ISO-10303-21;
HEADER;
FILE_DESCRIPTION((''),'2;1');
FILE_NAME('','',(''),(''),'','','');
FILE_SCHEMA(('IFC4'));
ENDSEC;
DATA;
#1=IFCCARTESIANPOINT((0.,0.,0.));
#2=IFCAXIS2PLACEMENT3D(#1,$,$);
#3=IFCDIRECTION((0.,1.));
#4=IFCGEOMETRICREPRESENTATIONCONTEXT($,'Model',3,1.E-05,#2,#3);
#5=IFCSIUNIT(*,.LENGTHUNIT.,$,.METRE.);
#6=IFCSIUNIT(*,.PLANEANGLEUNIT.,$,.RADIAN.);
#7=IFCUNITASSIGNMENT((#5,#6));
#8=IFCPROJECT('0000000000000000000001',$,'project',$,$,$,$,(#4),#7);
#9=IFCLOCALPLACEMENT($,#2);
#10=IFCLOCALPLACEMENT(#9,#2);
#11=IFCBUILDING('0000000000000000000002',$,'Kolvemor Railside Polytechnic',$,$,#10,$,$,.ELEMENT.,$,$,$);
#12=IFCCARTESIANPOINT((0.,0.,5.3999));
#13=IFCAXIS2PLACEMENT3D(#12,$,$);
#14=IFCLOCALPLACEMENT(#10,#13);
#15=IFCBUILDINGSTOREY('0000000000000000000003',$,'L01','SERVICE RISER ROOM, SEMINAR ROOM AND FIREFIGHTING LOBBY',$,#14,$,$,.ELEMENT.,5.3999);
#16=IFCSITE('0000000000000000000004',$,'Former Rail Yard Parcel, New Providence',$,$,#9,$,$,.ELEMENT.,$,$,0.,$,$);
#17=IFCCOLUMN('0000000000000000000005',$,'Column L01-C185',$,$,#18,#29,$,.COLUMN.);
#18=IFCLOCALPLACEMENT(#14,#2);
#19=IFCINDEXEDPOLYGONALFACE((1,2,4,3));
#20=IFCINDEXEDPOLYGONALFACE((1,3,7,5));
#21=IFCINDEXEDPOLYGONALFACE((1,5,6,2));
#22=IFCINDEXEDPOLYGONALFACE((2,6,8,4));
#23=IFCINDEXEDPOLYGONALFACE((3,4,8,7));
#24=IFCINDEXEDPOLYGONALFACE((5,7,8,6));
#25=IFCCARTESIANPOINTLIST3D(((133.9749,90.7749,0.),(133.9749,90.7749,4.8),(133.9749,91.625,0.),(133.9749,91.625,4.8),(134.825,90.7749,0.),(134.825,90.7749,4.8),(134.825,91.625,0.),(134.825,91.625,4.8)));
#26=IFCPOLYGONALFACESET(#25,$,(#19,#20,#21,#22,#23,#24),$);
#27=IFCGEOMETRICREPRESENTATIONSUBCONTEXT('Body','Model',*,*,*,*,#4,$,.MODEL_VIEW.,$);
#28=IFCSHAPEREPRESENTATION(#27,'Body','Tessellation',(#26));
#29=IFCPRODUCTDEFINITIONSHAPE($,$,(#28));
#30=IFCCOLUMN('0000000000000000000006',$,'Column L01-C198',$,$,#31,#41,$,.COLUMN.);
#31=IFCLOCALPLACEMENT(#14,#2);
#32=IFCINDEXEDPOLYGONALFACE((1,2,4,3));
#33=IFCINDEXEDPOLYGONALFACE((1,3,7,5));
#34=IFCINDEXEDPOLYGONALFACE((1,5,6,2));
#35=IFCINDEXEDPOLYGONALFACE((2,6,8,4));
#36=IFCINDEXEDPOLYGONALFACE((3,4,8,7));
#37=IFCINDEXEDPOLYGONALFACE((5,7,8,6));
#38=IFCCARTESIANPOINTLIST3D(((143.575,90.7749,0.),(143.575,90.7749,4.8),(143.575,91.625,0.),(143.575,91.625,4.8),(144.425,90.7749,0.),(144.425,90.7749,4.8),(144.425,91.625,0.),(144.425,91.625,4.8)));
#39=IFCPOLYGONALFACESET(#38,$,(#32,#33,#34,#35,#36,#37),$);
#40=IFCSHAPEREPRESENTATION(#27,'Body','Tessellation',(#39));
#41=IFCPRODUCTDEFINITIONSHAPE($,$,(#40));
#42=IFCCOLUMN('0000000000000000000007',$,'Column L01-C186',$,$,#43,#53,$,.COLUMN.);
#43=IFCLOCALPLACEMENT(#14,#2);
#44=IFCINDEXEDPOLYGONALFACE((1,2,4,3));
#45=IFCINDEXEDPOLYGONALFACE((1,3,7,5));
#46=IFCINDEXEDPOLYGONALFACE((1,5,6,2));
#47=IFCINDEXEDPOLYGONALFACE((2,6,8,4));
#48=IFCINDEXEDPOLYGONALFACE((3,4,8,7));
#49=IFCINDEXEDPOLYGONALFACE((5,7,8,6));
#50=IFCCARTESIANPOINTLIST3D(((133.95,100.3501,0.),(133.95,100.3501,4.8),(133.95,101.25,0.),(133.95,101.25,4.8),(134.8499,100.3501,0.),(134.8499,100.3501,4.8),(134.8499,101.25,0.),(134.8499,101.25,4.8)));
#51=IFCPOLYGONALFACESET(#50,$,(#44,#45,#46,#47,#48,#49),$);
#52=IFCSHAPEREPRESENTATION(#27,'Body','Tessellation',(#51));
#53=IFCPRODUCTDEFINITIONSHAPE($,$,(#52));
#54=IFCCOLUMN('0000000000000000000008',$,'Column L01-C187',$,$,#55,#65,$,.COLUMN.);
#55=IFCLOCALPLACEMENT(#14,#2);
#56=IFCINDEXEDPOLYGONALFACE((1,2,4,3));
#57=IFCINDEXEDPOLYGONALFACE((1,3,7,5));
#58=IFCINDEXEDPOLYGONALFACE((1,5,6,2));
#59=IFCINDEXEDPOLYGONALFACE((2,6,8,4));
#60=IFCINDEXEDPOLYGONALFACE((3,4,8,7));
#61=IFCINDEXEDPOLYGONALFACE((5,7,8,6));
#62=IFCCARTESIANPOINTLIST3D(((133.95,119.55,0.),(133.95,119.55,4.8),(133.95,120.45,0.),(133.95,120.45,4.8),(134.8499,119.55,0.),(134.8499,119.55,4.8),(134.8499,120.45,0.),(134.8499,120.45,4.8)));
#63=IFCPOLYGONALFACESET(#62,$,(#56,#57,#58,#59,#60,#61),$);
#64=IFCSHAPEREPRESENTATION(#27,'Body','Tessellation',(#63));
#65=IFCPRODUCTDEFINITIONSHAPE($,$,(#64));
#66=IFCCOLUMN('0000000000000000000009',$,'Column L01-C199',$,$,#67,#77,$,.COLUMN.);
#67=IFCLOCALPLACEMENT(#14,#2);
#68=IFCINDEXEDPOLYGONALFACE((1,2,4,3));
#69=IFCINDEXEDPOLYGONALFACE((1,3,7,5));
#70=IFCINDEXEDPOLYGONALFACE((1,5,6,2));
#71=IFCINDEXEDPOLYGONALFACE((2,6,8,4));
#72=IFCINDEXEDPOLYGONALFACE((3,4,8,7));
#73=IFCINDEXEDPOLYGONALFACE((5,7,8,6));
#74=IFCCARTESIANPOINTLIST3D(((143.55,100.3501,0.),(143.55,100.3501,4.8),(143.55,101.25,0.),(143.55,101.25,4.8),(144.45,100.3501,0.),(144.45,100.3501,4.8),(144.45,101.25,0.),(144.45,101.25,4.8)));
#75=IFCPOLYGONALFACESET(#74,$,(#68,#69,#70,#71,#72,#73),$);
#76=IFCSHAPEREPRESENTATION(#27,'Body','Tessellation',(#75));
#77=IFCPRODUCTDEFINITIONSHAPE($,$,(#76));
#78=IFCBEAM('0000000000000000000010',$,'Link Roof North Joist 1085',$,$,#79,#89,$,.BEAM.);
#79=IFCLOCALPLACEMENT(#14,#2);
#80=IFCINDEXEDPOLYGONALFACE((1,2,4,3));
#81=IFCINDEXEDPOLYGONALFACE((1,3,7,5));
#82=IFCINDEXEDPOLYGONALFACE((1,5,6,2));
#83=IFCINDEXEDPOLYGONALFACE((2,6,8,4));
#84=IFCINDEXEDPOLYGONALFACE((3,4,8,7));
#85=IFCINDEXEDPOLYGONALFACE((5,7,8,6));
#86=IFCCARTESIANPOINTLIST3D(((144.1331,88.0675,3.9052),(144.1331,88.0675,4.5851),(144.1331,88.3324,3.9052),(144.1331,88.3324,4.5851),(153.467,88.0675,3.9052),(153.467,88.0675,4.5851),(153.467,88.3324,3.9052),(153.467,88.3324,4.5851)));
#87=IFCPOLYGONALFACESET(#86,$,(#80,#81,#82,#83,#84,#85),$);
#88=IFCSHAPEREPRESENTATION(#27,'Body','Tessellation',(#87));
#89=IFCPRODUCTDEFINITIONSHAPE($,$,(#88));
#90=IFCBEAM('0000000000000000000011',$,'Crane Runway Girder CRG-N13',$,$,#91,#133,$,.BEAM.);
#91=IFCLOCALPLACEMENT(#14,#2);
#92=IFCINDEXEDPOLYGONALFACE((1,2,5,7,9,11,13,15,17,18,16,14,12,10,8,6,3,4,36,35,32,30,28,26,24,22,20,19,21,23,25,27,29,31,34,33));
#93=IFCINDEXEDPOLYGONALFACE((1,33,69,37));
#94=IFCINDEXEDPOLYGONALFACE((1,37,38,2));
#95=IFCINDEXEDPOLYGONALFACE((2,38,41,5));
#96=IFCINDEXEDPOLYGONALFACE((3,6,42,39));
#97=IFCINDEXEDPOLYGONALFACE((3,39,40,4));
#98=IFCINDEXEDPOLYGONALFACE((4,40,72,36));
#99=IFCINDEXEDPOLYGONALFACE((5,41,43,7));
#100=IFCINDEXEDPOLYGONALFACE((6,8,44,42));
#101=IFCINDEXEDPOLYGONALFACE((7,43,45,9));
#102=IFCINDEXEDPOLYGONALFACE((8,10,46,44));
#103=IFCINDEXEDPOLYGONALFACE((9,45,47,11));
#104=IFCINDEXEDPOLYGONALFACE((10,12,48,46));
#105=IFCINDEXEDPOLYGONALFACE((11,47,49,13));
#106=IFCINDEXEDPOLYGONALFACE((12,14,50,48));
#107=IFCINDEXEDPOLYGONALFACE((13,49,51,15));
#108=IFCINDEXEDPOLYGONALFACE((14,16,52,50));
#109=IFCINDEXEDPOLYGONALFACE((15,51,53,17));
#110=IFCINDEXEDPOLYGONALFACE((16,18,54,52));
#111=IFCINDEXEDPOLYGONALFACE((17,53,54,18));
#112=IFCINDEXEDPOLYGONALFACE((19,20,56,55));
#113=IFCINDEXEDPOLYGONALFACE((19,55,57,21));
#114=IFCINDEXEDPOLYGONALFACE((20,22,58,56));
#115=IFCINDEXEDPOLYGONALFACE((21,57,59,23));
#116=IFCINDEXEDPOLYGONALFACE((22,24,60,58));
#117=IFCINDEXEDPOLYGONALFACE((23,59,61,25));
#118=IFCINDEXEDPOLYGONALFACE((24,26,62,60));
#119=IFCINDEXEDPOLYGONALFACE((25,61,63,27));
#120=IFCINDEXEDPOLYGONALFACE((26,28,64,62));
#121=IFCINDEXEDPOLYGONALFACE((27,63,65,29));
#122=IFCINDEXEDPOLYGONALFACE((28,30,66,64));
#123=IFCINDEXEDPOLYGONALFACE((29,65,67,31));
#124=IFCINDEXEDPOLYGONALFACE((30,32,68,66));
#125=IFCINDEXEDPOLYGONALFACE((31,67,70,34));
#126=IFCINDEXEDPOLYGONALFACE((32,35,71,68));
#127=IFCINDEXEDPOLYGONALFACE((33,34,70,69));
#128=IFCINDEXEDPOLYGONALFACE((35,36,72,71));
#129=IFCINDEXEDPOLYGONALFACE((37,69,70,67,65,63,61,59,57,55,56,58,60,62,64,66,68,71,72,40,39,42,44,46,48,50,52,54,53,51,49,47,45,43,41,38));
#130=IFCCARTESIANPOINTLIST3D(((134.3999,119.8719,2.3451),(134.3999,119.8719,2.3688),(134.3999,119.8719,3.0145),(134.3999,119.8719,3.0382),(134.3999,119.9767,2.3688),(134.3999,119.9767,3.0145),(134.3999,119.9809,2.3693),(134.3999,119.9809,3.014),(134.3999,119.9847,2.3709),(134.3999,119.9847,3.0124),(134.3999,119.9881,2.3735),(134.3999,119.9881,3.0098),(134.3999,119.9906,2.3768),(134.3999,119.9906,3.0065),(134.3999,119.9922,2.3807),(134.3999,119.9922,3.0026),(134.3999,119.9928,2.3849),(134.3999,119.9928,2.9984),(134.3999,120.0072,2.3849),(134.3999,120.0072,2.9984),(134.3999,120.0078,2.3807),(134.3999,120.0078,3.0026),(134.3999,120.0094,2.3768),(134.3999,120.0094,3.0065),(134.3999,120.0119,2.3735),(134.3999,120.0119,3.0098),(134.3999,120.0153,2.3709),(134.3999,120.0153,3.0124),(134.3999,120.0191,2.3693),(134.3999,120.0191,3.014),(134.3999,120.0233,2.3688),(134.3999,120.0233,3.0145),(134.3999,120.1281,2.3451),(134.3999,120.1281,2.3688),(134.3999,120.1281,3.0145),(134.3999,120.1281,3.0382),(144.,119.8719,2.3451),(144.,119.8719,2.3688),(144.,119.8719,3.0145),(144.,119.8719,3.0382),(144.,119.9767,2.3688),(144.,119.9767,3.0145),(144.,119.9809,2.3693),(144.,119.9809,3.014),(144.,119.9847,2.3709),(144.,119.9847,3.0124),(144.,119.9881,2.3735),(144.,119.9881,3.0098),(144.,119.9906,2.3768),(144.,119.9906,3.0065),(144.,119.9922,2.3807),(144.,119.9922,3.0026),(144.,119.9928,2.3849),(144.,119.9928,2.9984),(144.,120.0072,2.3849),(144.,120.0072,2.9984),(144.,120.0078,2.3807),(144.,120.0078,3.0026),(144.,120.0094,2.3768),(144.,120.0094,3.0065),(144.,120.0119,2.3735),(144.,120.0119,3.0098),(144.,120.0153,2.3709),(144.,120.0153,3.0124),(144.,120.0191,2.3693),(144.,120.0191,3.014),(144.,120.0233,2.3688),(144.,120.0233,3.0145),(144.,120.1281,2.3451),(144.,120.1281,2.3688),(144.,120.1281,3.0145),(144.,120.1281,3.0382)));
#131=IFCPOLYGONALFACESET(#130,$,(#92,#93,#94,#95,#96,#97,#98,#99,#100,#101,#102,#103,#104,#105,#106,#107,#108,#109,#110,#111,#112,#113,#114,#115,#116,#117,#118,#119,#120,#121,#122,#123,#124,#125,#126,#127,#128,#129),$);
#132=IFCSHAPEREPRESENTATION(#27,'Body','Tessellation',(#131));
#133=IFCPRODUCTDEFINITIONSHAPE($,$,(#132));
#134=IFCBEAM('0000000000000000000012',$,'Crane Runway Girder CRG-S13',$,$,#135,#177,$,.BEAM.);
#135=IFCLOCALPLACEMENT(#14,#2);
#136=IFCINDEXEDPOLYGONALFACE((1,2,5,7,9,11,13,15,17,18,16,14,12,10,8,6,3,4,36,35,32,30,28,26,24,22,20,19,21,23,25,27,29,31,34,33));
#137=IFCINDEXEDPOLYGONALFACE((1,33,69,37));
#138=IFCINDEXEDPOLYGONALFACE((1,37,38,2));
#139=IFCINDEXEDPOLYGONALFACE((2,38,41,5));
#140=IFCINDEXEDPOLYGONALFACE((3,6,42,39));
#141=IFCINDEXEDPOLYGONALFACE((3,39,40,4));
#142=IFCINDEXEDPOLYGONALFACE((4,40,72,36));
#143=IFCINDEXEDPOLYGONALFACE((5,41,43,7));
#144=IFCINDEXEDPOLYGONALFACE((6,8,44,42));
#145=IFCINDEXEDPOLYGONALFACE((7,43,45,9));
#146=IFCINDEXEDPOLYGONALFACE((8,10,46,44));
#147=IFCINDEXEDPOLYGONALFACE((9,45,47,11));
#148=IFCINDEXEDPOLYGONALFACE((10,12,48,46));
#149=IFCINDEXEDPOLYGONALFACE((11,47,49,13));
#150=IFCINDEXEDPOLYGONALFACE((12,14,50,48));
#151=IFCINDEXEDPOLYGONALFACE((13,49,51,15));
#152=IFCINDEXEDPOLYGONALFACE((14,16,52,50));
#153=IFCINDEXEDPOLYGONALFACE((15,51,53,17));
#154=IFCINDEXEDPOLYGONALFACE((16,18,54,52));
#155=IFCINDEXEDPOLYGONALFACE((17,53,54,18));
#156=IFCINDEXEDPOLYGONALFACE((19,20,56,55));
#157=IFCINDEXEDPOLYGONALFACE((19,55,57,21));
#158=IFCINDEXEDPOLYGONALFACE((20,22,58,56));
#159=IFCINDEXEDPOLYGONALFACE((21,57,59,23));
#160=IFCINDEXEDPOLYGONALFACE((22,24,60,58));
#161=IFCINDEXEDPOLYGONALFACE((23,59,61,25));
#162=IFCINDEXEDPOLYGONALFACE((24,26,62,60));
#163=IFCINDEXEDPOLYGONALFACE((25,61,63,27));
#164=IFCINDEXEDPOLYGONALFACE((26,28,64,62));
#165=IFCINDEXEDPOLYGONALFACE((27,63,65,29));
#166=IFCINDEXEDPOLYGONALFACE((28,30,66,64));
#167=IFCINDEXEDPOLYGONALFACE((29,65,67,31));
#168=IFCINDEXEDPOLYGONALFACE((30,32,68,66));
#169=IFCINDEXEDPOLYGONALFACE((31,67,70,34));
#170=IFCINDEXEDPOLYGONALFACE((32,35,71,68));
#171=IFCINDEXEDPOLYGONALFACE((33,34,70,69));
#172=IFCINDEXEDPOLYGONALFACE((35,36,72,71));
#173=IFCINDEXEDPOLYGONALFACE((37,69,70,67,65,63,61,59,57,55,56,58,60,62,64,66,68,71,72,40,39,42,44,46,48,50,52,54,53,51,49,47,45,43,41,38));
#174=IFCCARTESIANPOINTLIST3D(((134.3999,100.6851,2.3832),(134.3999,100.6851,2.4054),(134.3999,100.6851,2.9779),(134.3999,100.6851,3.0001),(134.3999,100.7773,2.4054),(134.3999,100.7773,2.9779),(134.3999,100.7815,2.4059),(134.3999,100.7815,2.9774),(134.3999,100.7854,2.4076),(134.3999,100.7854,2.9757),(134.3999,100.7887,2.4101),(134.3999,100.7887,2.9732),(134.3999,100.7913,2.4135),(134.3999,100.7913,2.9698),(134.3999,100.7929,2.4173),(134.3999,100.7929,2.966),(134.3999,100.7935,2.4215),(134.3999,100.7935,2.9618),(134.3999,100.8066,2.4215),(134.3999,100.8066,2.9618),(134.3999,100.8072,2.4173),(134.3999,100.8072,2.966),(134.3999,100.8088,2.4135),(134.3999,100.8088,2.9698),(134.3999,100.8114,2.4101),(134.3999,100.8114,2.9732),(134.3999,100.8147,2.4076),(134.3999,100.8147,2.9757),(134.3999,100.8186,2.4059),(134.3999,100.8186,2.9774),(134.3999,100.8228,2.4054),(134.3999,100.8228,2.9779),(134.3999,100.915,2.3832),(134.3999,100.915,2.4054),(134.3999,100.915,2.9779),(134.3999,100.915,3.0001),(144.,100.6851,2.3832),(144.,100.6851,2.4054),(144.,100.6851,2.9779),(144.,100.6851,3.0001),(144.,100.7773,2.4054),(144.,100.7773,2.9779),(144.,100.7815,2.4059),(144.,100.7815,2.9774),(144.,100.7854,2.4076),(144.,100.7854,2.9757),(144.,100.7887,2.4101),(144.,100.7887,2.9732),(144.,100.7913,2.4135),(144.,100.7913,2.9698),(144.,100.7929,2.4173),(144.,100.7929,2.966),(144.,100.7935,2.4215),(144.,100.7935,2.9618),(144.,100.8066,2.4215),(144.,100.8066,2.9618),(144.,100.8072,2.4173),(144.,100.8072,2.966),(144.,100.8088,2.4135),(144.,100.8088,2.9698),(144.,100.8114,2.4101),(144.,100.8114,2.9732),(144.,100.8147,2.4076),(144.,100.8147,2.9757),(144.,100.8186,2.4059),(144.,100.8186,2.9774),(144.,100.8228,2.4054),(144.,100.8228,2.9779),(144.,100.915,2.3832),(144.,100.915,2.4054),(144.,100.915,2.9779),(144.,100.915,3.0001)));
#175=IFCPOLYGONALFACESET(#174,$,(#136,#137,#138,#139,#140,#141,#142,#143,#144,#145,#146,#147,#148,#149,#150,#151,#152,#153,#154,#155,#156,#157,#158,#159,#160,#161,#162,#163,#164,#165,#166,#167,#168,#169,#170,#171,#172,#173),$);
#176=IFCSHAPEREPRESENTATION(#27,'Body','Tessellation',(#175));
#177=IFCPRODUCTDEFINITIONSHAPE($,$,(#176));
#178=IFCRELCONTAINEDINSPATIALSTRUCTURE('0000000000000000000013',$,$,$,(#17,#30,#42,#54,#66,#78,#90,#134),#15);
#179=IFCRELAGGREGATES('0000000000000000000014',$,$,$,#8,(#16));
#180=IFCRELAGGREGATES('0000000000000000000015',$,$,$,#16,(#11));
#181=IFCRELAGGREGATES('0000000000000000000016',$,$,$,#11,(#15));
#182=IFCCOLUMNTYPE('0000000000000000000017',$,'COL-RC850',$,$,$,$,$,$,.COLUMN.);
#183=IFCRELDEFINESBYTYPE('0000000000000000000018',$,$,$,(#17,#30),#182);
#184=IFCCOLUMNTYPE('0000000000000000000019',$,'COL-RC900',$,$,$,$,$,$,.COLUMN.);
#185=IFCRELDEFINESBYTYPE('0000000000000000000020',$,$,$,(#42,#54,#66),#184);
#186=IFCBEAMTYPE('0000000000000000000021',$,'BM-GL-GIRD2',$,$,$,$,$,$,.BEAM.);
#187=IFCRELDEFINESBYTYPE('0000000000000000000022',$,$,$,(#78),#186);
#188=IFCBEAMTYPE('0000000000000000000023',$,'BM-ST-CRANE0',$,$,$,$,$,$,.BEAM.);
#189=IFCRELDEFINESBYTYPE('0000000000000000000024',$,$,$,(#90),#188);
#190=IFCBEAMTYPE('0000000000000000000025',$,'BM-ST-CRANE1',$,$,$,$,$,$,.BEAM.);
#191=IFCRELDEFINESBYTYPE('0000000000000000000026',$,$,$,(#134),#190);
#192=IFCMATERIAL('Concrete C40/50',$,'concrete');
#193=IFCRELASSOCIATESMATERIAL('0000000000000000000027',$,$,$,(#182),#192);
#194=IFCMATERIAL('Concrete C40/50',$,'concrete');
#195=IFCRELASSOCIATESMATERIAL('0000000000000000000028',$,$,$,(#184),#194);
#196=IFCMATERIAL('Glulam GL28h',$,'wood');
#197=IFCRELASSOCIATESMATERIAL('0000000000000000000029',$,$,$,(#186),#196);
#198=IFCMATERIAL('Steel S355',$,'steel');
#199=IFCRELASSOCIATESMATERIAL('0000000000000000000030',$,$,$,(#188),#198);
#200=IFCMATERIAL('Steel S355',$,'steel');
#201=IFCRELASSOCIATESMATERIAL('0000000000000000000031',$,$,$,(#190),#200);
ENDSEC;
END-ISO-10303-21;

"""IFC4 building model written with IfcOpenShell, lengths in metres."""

from ifc_helpers import new_model, si_unit, direction, frame, origin, origin_2d, place, context, subcontext, project, spatial, rectangle, i_section, extrude, material, material_profile, profile_set, type_object, element, save


model = new_model("IFC4")

# Units and contexts
model_context = context("Model", 3, precision=1e-05, world=origin(), true_north=direction((0.0, 1.0)))
body_context = subcontext(model_context, "Body", "Model", "MODEL_VIEW")
ifc_project = project(units=[si_unit("LENGTHUNIT", "METRE"), si_unit("PLANEANGLEUNIT", "RADIAN")], contexts=[model_context])

# Site, building, storey
site_placement = place(None, origin())
site = spatial("IfcSite", under=ifc_project, at=site_placement, Name="Former Rail Yard Parcel, New Providence", CompositionType="ELEMENT", RefElevation=0.0)
building_placement = place(site_placement, origin())
building = spatial("IfcBuilding", under=site, at=building_placement, Name="Kolvemor Railside Polytechnic", CompositionType="ELEMENT")
storey_placement = place(building_placement, frame((0.0, 0.0, 5.3999)))
storey = spatial("IfcBuildingStorey", under=building, at=storey_placement, Name="L01", Description="SERVICE RISER ROOM, SEMINAR ROOM AND FIREFIGHTING LOBBY", CompositionType="ELEMENT", Elevation=5.3999)

# Columns
ifc_material_1 = material(Name="Concrete C40/50", Category="concrete")
ifc_material_profile_1 = material_profile(ifc_material_1, rectangle(XDim=0.8501, YDim=0.8501, at=origin_2d()), Name="RC850x850")
ifc_profile_set_1 = profile_set([ifc_material_profile_1], Name="Concrete C40/50")
column_type_1 = type_object("IfcColumnType", Name="COL-RC850", PredefinedType="COLUMN", material=ifc_profile_set_1)
for number, where, z_axis, x_axis, name in (
    (1, (134.3999, 91.2, 0.0), (0.0, 0.0, 1.0), (1.0, 0.0, 0.0), "Column L01-C185"),
    (2, (144.0, 91.2, 0.0), (0.0, 0.0, 1.0), (1.0, 0.0, 0.0), "Column L01-C198"),
):
    element("IfcColumn", number, at=place(storey_placement, frame(where, z_axis=z_axis, x_axis=x_axis)), inside=storey, type_object=column_type_1, Name=name, PredefinedType="COLUMN", context=body_context, shape_type="SweptSolid", body=[
        extrude(rectangle(XDim=0.8501, YDim=0.8501, at=origin_2d()), origin(), (0.0, 0.0, 1.0), 4.8),
    ])
ifc_material_2 = material(Name="Concrete C40/50", Category="concrete")
ifc_material_profile_2 = material_profile(ifc_material_2, rectangle(XDim=0.8999, YDim=0.8999, at=origin_2d()), Name="RC900x900")
ifc_profile_set_2 = profile_set([ifc_material_profile_2], Name="Concrete C40/50")
column_type_2 = type_object("IfcColumnType", Name="COL-RC900", PredefinedType="COLUMN", material=ifc_profile_set_2)
for number, where, z_axis, x_axis, name in (
    (3, (134.3999, 100.8, 0.0), (0.0, 0.0, 1.0), (1.0, 0.0, 0.0), "Column L01-C186"),
    (4, (134.3999, 120.0, 0.0), (0.0, 0.0, 1.0), (1.0, 0.0, 0.0), "Column L01-C187"),
    (5, (144.0, 100.8, 0.0), (0.0, 0.0, 1.0), (1.0, 0.0, 0.0), "Column L01-C199"),
):
    element("IfcColumn", number, at=place(storey_placement, frame(where, z_axis=z_axis, x_axis=x_axis)), inside=storey, type_object=column_type_2, Name=name, PredefinedType="COLUMN", context=body_context, shape_type="SweptSolid", body=[
        extrude(rectangle(XDim=0.8999, YDim=0.8999, at=origin_2d()), origin(), (0.0, 0.0, 1.0), 4.8),
    ])

# Beams
ifc_material_3 = material(Name="Glulam GL28h", Category="wood")
ifc_material_profile_3 = material_profile(ifc_material_3, rectangle(XDim=0.2649, YDim=0.6799, at=origin_2d()), Name="GL265x680")
ifc_profile_set_3 = profile_set([ifc_material_profile_3], Name="Glulam GL28h")
beam_type_1 = type_object("IfcBeamType", Name="BM-GL-GIRD2", PredefinedType="BEAM", material=ifc_profile_set_3)
beam_1_placement = place(storey_placement, frame((144.1331, 88.2, 4.2451), z_axis=(1.0, 0.0, 0.0), x_axis=(0.0, 1.0, 0.0)))
element("IfcBeam", 6, at=beam_1_placement, inside=storey, type_object=beam_type_1, Name="Link Roof North Joist 1085", PredefinedType="BEAM", context=body_context, shape_type="SweptSolid", body=[
    extrude(rectangle(XDim=0.2649, YDim=0.6799, at=origin_2d()), origin(), (0.0, 0.0, 1.0), 9.334),
])
ifc_material_4 = material(Name="Steel S355", Category="steel")
ifc_material_profile_4 = material_profile(ifc_material_4, i_section(OverallWidth=0.2561, OverallDepth=0.6931, WebThickness=0.0144, FlangeThickness=0.0237, FilletRadius=0.0161, at=origin_2d()), Name="W690x170")
ifc_profile_set_4 = profile_set([ifc_material_profile_4], Name="Steel S355")
beam_type_2 = type_object("IfcBeamType", Name="BM-ST-CRANE0", PredefinedType="BEAM", material=ifc_profile_set_4)
beam_2_placement = place(storey_placement, frame((134.3999, 120.0, 2.6917), z_axis=(1.0, 0.0, 0.0), x_axis=(0.0, 1.0, 0.0)))
element("IfcBeam", 7, at=beam_2_placement, inside=storey, type_object=beam_type_2, Name="Crane Runway Girder CRG-N13", PredefinedType="BEAM", context=body_context, shape_type="SweptSolid", body=[
    extrude(i_section(OverallWidth=0.2561, OverallDepth=0.6931, WebThickness=0.0144, FlangeThickness=0.0237, FilletRadius=0.0161, at=origin_2d()), origin(), (0.0, 0.0, 1.0), 9.6001),
])
ifc_material_5 = material(Name="Steel S355", Category="steel")
ifc_material_profile_5 = material_profile(ifc_material_5, i_section(OverallWidth=0.23, OverallDepth=0.6169, WebThickness=0.0132, FlangeThickness=0.0222, FilletRadius=0.0161, at=origin_2d()), Name="W610x140")
ifc_profile_set_5 = profile_set([ifc_material_profile_5], Name="Steel S355")
beam_type_3 = type_object("IfcBeamType", Name="BM-ST-CRANE1", PredefinedType="BEAM", material=ifc_profile_set_5)
for number, where, z_axis, x_axis, name in (
    (8, (134.3999, 100.8, 2.6917), (1.0, 0.0, 0.0), (0.0, 1.0, 0.0), "Crane Runway Girder CRG-S13"),
):
    element("IfcBeam", number, at=place(storey_placement, frame(where, z_axis=z_axis, x_axis=x_axis)), inside=storey, type_object=beam_type_3, Name=name, PredefinedType="BEAM", context=body_context, shape_type="SweptSolid", body=[
        extrude(i_section(OverallWidth=0.23, OverallDepth=0.6169, WebThickness=0.0132, FlangeThickness=0.0222, FilletRadius=0.0161, at=origin_2d()), origin(), (0.0, 0.0, 1.0), 9.6001),
    ])

save(model, "model.ifc")
